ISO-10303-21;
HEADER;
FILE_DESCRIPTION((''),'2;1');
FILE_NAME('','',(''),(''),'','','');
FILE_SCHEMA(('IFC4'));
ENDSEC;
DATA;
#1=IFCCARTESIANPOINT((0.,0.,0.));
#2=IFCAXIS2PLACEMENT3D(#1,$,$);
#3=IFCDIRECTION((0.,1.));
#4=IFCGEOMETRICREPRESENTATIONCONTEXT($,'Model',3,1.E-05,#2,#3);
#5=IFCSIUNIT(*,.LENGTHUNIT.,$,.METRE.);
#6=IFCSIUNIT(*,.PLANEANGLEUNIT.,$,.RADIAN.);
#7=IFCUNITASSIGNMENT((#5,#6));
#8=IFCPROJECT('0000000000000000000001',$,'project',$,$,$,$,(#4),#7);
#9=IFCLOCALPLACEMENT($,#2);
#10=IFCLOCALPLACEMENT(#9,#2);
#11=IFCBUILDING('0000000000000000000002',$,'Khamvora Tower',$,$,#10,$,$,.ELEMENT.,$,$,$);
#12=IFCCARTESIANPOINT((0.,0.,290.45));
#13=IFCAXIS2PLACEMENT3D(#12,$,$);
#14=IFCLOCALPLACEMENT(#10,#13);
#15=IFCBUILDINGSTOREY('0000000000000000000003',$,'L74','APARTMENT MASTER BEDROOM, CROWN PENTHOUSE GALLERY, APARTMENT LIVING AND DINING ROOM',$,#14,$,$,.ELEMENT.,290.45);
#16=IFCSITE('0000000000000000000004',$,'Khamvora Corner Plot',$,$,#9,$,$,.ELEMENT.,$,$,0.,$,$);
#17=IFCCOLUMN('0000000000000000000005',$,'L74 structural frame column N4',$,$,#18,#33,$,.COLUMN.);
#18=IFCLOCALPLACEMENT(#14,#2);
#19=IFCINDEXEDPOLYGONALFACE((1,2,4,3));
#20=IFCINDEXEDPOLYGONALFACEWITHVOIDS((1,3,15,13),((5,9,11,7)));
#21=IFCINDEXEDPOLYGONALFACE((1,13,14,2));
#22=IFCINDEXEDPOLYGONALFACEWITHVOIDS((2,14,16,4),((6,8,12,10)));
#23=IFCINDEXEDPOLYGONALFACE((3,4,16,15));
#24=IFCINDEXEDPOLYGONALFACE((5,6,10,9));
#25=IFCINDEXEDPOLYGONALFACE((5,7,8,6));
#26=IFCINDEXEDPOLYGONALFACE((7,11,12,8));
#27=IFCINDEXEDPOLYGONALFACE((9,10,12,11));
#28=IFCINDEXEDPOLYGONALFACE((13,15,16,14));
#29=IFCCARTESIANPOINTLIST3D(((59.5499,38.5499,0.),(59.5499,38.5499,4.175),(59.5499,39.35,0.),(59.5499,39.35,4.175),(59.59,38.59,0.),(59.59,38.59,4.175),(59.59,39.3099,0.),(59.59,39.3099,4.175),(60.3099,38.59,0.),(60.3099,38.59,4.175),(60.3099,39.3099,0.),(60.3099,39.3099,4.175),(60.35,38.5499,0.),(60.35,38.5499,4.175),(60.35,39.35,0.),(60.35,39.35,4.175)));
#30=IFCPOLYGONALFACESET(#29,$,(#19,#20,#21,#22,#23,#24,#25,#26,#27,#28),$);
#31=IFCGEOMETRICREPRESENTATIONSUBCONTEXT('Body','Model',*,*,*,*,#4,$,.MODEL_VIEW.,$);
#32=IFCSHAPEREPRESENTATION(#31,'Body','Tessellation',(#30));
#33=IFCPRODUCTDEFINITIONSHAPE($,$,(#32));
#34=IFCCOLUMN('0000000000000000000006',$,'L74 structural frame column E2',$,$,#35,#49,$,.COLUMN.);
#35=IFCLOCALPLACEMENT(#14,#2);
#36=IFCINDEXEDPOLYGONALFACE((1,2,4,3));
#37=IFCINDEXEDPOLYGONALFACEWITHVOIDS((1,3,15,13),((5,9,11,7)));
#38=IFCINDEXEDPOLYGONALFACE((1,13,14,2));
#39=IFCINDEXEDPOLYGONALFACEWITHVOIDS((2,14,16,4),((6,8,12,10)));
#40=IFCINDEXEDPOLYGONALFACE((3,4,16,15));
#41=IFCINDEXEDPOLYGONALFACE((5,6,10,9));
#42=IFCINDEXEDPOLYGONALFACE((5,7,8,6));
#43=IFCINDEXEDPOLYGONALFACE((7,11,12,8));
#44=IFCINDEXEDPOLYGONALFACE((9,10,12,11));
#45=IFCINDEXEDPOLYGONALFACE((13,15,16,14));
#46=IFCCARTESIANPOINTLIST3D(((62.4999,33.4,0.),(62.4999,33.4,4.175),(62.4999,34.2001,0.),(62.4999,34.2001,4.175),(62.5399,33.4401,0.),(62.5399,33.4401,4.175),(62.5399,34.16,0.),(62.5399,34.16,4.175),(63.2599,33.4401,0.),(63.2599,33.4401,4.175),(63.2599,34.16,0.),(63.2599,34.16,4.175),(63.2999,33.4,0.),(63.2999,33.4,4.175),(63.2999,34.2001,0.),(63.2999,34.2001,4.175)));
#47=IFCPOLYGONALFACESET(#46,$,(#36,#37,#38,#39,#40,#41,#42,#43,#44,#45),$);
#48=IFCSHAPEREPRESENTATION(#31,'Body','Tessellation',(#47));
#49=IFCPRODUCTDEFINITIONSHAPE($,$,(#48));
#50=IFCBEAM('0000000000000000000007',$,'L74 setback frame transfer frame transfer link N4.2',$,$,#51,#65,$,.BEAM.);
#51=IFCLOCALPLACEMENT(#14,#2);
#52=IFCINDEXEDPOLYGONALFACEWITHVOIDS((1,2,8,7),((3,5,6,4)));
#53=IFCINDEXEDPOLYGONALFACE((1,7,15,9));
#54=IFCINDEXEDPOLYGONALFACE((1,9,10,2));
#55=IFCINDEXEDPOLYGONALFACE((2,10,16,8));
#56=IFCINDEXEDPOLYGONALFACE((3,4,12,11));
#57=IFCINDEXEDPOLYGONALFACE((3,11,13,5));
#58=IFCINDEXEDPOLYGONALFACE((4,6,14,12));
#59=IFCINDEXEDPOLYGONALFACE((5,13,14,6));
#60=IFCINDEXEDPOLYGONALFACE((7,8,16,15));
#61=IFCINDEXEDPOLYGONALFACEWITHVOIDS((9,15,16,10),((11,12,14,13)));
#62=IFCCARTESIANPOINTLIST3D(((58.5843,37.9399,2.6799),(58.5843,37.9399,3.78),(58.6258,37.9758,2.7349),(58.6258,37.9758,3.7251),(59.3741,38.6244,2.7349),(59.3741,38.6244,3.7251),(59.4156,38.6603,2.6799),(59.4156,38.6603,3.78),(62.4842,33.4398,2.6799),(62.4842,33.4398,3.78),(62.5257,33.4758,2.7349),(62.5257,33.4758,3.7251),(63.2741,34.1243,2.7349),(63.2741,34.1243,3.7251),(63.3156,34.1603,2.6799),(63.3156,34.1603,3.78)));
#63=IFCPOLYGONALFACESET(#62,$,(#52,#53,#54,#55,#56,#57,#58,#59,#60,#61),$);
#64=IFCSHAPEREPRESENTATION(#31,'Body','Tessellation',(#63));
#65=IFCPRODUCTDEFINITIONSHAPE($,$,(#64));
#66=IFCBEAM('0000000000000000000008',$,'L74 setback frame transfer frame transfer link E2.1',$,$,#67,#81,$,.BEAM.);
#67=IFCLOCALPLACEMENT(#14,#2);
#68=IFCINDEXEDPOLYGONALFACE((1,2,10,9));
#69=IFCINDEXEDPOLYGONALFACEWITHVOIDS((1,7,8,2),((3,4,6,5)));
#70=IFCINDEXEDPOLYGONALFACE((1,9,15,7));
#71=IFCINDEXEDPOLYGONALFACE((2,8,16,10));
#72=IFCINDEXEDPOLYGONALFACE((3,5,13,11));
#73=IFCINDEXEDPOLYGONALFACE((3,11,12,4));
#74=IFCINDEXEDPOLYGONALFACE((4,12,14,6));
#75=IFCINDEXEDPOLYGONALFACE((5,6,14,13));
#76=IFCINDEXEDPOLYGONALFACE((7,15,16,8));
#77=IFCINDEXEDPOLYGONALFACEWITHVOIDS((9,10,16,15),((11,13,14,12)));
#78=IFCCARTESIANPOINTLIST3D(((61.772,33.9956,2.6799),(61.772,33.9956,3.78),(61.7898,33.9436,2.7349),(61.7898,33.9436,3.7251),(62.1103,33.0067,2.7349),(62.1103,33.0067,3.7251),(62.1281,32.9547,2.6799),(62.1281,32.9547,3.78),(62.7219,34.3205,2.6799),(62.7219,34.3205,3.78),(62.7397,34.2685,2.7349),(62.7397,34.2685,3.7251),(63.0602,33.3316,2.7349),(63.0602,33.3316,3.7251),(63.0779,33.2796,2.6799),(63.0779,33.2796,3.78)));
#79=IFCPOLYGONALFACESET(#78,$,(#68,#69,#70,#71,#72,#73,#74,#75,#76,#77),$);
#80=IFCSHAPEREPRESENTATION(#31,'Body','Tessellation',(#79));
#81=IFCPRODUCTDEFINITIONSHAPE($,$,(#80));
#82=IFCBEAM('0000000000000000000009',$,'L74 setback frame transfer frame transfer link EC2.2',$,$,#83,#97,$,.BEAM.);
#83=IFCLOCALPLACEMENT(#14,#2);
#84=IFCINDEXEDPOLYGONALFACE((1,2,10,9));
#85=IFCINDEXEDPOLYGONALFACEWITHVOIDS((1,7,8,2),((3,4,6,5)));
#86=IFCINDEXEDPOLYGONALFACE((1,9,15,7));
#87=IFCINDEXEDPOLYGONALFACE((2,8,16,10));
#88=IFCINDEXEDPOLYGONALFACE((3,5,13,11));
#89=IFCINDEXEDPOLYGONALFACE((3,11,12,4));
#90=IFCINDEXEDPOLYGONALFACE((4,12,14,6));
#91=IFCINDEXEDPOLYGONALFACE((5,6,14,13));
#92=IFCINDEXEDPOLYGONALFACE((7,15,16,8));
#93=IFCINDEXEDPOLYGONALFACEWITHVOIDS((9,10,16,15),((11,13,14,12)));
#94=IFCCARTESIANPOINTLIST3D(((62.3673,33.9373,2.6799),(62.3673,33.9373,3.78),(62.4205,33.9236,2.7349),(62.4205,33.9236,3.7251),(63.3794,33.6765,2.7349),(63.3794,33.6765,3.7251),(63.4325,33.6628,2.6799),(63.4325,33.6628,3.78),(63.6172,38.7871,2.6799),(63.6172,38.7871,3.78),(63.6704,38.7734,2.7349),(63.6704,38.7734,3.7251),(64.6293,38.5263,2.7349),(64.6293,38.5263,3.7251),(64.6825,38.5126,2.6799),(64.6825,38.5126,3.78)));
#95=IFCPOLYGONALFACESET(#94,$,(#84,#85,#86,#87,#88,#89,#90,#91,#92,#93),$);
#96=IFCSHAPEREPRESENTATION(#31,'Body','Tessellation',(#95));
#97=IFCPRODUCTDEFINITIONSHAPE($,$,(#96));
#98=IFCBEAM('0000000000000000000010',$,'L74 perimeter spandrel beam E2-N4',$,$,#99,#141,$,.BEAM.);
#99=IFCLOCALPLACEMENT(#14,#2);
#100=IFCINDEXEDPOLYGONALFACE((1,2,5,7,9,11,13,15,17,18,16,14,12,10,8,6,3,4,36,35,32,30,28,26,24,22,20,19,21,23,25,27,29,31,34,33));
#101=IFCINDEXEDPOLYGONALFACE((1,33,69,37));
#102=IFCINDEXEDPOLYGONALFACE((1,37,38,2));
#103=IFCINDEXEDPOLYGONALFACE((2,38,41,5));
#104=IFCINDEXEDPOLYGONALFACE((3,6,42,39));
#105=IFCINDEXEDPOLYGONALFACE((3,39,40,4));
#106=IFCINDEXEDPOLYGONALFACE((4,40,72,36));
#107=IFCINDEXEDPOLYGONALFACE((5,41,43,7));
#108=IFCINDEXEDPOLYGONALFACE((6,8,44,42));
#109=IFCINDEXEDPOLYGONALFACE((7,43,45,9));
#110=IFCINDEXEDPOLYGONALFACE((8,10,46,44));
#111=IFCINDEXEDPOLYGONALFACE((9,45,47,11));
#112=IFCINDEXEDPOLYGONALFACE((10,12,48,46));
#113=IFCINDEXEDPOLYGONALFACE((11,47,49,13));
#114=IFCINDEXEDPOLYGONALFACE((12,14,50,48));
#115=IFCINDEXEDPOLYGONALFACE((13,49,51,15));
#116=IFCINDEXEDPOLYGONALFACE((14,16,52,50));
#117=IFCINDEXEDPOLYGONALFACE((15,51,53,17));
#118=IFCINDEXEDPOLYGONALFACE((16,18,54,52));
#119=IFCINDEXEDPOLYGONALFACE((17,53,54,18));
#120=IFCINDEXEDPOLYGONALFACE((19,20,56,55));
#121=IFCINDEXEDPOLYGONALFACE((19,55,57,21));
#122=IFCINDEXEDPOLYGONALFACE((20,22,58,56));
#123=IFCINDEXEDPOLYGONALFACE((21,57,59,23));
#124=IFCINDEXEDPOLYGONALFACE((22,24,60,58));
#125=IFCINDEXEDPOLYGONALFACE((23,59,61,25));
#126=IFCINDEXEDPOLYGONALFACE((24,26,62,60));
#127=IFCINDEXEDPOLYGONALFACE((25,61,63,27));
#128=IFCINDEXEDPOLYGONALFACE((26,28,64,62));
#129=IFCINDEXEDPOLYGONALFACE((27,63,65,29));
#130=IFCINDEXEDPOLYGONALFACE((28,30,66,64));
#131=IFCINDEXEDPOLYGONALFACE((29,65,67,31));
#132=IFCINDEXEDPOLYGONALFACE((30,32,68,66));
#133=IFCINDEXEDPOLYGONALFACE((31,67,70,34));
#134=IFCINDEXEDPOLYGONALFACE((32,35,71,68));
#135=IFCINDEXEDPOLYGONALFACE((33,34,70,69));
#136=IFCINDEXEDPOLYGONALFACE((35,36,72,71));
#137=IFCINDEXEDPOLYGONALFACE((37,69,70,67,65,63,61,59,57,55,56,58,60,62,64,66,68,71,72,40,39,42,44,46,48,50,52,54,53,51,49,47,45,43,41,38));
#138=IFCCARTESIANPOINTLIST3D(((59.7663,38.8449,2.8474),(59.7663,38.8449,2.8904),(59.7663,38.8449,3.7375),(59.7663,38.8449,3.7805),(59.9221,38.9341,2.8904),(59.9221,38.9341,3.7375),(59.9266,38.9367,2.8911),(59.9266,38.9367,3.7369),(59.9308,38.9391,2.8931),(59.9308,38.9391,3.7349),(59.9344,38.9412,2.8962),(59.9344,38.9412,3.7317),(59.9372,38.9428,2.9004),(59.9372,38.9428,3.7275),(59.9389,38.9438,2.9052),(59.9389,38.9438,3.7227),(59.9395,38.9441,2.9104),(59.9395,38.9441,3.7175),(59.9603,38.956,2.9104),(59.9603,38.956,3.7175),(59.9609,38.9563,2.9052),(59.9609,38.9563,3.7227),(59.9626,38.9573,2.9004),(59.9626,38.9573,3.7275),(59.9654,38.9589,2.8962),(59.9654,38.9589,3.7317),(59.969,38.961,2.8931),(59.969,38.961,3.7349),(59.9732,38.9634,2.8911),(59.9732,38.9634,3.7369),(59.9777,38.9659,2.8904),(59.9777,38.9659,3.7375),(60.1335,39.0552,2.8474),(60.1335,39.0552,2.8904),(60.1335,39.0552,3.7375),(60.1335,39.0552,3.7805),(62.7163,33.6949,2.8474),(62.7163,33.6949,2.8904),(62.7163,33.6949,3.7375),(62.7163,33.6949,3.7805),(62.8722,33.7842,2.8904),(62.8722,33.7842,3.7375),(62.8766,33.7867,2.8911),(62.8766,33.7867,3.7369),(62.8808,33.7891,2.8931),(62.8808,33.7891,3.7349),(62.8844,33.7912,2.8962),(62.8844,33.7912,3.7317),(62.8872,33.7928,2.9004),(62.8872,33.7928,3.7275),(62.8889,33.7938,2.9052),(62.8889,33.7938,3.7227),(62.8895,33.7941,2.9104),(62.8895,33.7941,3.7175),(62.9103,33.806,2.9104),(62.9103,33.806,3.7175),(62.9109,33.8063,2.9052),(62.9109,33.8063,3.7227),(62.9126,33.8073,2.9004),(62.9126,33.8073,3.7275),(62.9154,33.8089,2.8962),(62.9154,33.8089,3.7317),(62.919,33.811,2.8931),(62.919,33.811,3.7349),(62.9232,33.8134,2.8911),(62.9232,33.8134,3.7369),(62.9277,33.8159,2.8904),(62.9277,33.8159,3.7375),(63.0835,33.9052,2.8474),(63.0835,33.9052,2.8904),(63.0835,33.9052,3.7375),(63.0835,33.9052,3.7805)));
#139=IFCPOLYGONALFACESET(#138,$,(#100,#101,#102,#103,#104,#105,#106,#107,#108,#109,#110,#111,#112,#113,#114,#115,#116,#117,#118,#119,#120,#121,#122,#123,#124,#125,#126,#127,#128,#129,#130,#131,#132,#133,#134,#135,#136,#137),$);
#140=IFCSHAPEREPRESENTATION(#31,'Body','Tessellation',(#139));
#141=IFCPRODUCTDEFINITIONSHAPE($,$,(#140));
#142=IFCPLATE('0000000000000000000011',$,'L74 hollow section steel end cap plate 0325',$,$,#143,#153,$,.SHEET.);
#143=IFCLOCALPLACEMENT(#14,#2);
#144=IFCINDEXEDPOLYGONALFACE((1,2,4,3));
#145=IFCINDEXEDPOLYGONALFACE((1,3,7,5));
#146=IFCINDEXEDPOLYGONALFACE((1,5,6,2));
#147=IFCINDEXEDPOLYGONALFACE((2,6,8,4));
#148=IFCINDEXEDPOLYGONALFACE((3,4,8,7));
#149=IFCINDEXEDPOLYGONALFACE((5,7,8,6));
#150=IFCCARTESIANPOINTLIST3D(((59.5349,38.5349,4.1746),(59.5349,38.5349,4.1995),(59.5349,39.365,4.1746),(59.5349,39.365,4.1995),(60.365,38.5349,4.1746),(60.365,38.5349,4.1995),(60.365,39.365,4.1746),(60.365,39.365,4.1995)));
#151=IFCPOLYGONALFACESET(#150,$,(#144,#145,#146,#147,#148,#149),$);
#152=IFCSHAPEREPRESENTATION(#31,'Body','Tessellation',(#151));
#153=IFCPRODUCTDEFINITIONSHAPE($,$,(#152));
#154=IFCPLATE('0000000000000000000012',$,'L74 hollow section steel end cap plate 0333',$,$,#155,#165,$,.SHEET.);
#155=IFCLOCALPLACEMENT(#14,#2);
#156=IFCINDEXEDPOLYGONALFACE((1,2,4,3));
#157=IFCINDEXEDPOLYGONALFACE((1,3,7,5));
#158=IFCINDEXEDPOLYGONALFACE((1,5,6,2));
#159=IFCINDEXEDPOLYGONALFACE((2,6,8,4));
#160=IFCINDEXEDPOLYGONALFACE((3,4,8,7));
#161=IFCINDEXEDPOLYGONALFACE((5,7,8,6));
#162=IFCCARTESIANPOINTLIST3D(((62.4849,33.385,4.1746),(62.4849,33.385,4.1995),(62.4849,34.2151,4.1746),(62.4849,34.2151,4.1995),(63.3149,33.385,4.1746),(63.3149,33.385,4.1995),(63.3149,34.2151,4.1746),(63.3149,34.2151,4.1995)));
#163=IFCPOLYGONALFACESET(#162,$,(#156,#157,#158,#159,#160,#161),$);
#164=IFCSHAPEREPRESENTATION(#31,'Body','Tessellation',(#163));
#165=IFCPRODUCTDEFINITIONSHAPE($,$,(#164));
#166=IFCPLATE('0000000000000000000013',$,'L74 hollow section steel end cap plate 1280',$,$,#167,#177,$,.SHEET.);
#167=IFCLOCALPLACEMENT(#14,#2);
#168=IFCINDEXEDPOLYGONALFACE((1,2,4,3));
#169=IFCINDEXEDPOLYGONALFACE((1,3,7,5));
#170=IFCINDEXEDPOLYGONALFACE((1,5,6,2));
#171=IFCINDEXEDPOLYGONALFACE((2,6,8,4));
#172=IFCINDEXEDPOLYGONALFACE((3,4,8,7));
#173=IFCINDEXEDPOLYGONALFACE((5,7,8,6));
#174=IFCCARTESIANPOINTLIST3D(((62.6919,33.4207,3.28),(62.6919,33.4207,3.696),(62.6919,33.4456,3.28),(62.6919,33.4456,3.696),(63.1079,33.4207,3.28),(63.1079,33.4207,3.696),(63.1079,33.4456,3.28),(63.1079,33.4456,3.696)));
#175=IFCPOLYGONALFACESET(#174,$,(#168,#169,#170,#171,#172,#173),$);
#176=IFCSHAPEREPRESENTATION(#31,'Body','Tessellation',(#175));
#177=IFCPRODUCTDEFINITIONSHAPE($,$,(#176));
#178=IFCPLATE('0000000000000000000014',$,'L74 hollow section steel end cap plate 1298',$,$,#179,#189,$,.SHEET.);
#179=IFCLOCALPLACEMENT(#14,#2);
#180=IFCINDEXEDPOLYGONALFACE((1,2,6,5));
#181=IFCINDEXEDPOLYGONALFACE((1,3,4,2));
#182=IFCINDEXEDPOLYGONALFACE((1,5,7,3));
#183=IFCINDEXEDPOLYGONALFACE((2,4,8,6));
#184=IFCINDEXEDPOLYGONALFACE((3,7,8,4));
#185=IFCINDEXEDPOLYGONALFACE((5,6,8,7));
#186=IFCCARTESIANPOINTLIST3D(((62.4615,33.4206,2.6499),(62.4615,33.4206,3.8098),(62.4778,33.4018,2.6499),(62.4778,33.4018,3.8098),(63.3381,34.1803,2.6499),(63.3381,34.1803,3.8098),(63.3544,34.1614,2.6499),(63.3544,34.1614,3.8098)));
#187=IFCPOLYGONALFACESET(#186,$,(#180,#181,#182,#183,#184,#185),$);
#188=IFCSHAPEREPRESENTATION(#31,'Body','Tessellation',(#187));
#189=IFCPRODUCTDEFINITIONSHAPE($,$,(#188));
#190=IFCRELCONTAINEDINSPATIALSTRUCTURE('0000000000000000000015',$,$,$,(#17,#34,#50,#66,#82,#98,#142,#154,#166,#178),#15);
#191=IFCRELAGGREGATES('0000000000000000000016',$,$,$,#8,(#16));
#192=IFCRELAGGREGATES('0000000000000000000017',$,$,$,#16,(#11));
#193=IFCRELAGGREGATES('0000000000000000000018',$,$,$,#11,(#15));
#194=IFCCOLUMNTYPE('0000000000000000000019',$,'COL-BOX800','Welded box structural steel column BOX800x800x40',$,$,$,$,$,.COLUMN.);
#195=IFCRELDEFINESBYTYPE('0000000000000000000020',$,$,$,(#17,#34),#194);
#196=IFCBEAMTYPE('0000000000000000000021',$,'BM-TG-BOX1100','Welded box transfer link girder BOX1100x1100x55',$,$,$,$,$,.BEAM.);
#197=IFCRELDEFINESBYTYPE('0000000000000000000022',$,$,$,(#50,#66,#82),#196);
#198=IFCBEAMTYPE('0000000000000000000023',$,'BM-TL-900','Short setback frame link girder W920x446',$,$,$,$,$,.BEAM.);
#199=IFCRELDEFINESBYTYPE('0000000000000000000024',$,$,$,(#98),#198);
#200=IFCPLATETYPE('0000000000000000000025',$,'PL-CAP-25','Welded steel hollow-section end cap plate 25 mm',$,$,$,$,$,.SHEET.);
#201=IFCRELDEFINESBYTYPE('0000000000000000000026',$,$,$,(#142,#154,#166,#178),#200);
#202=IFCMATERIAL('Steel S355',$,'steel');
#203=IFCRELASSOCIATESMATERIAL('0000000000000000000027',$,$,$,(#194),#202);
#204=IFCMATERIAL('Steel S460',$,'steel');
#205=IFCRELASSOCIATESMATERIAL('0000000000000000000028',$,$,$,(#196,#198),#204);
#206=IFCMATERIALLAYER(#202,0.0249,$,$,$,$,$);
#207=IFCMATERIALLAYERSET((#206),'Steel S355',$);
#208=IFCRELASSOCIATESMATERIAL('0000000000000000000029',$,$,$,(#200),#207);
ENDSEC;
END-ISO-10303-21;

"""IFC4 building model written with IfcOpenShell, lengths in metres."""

from ifc_helpers import new_model, si_unit, direction, frame, origin, origin_2d, place, context, subcontext, project, spatial, rectangle, hollow_rectangle, i_section, extrude, material, layer, layer_set, material_profile, profile_set, type_object, element, save


model = new_model("IFC4")

# Units and contexts
model_context = context("Model", 3, precision=1e-05, world=origin(), true_north=direction((0.0, 1.0)))
body_context = subcontext(model_context, "Body", "Model", "MODEL_VIEW")
ifc_project = project(units=[si_unit("LENGTHUNIT", "METRE"), si_unit("PLANEANGLEUNIT", "RADIAN")], contexts=[model_context])

# Site, building, storey
site_placement = place(None, origin())
site = spatial("IfcSite", under=ifc_project, at=site_placement, Name="Khamvora Corner Plot", CompositionType="ELEMENT", RefElevation=0.0)
building_placement = place(site_placement, origin())
building = spatial("IfcBuilding", under=site, at=building_placement, Name="Khamvora Tower", CompositionType="ELEMENT")
storey_placement = place(building_placement, frame((0.0, 0.0, 290.45)))
storey = spatial("IfcBuildingStorey", under=building, at=storey_placement, Name="L74", Description="APARTMENT MASTER BEDROOM, CROWN PENTHOUSE GALLERY, APARTMENT LIVING AND DINING ROOM", CompositionType="ELEMENT", Elevation=290.45)

# Columns
ifc_material_1 = material(Name="Steel S355", Category="steel")
ifc_material_profile_1 = material_profile(ifc_material_1, hollow_rectangle(XDim=0.8, YDim=0.8, WallThickness=0.04, at=origin_2d()), Name="BOX800x800x40")
ifc_profile_set_1 = profile_set([ifc_material_profile_1], Name="Steel S355")
column_type = type_object("IfcColumnType", Name="COL-BOX800", Description="Welded box structural steel column BOX800x800x40", PredefinedType="COLUMN", material=ifc_profile_set_1)
for number, where, z_axis, x_axis, name in (
    (1, (59.95, 38.95, 0.0), (0.0, 0.0, 1.0), (1.0, 0.0, 0.0), "L74 structural frame column N4"),
    (2, (62.8999, 33.8, 0.0), (0.0, 0.0, 1.0), (1.0, 0.0, 0.0), "L74 structural frame column E2"),
):
    element("IfcColumn", number, at=place(storey_placement, frame(where, z_axis=z_axis, x_axis=x_axis)), inside=storey, type_object=column_type, Name=name, PredefinedType="COLUMN", context=body_context, shape_type="SweptSolid", body=[
        extrude(hollow_rectangle(XDim=0.8, YDim=0.8, WallThickness=0.04, at=origin_2d()), origin(), (0.0, 0.0, 1.0), 4.175),
    ])

# Beams
ifc_material_2 = material(Name="Steel S460", Category="steel")
ifc_material_profile_2 = material_profile(ifc_material_2, hollow_rectangle(XDim=1.1001, YDim=1.1001, WallThickness=0.0549, at=origin_2d()), Name="BOX1100x1100x55")
ifc_profile_set_2 = profile_set([ifc_material_profile_2], Name="Steel S460")
beam_type_1 = type_object("IfcBeamType", Name="BM-TG-BOX1100", Description="Welded box transfer link girder BOX1100x1100x55", PredefinedType="BEAM", material=ifc_profile_set_2)
beam_1_placement = place(storey_placement, frame((62.8999, 33.8, 3.23), z_axis=(-0.654921, 0.755697, 0.0), x_axis=(-0.755697, -0.654921, 0.0)))
element("IfcBeam", 3, at=beam_1_placement, inside=storey, type_object=beam_type_1, Name="L74 setback frame transfer frame transfer link N4.2", PredefinedType="BEAM", context=body_context, shape_type="SweptSolid", body=[
    extrude(hollow_rectangle(XDim=1.1001, YDim=1.1001, WallThickness=0.0549, at=origin_2d()), origin(), (0.0, 0.0, 1.0), 5.9548),
])
beam_2_placement = place(storey_placement, frame((62.8999, 33.8, 3.23), z_axis=(-0.946174, -0.323659, 0.0), x_axis=(0.323659, -0.946174, 0.0)))
element("IfcBeam", 4, at=beam_2_placement, inside=storey, type_object=beam_type_1, Name="L74 setback frame transfer frame transfer link E2.1", PredefinedType="BEAM", context=body_context, shape_type="SweptSolid", body=[
    extrude(hollow_rectangle(XDim=1.1001, YDim=1.1001, WallThickness=0.0549, at=origin_2d()), origin(), (0.0, 0.0, 1.0), 1.0039),
])
beam_3_placement = place(storey_placement, frame((62.8999, 33.8, 3.23), z_axis=(0.249583, 0.968353, 0.0), x_axis=(-0.968353, 0.249583, 0.0)))
element("IfcBeam", 5, at=beam_3_placement, inside=storey, type_object=beam_type_1, Name="L74 setback frame transfer frame transfer link EC2.2", PredefinedType="BEAM", context=body_context, shape_type="SweptSolid", body=[
    extrude(hollow_rectangle(XDim=1.1001, YDim=1.1001, WallThickness=0.0549, at=origin_2d()), origin(), (0.0, 0.0, 1.0), 5.0083),
])
ifc_material_profile_3 = material_profile(ifc_material_2, i_section(OverallWidth=0.4231, OverallDepth=0.9331, WebThickness=0.0239, FlangeThickness=0.043, FilletRadius=0.02, at=origin_2d()), Name="W920x446")
ifc_profile_set_3 = profile_set([ifc_material_profile_3], Name="Steel S460")
beam_type_2 = type_object("IfcBeamType", Name="BM-TL-900", Description="Short setback frame link girder W920x446", PredefinedType="BEAM", material=ifc_profile_set_3)
beam_4_placement = place(storey_placement, frame((62.8999, 33.8, 3.314), z_axis=(-0.497047, 0.867724, 0.0), x_axis=(-0.867724, -0.497047, 0.0)))
element("IfcBeam", 6, at=beam_4_placement, inside=storey, type_object=beam_type_2, Name="L74 perimeter spandrel beam E2-N4", PredefinedType="BEAM", context=body_context, shape_type="SweptSolid", body=[
    extrude(i_section(OverallWidth=0.4231, OverallDepth=0.9331, WebThickness=0.0239, FlangeThickness=0.043, FilletRadius=0.02, at=origin_2d()), origin(), (0.0, 0.0, 1.0), 5.9351),
])

# Plates
ifc_layer_1 = layer(ifc_material_1, 0.0249)
ifc_layer_set_1 = layer_set([ifc_layer_1], Name="Steel S355")
plate_type_1 = type_object("IfcPlateType", Name="PL-CAP-25", Description="Welded steel hollow-section end cap plate 25 mm", PredefinedType="SHEET", material=ifc_layer_set_1)
for number, where, z_axis, x_axis, name in (
    (7, (59.95, 38.95, 4.1746), (0.0, 0.0, 1.0), (1.0, 0.0, 0.0), "L74 hollow section steel end cap plate 0325"),
    (8, (62.8999, 33.8, 4.1746), (0.0, 0.0, 1.0), (1.0, 0.0, 0.0), "L74 hollow section steel end cap plate 0333"),
):
    element("IfcPlate", number, at=place(storey_placement, frame(where, z_axis=z_axis, x_axis=x_axis)), inside=storey, type_object=plate_type_1, Name=name, PredefinedType="SHEET", context=body_context, shape_type="SweptSolid", body=[
        extrude(rectangle(XDim=0.8301, YDim=0.8301, at=origin_2d()), origin(), (0.0, 0.0, 1.0), 0.0249),
    ])
plate_1_placement = place(storey_placement, frame((62.8999, 33.4331, 3.28), z_axis=(0.0, 0.0, 1.0), x_axis=(0.0, 1.0, 0.0)))
element("IfcPlate", 9, at=plate_1_placement, inside=storey, type_object=plate_type_1, Name="L74 hollow section steel end cap plate 1280", PredefinedType="SHEET", context=body_context, shape_type="SweptSolid", body=[
    extrude(rectangle(XDim=0.0249, YDim=0.416, at=origin_2d()), origin(), (0.0, 0.0, 1.0), 0.416),
])
for number, where, z_axis, x_axis, name in (
    (10, (62.908, 33.791, 2.6499), (0.0, 0.0, 1.0), (-0.654925, 0.755693, 0.0), "L74 hollow section steel end cap plate 1298"),
):
    element("IfcPlate", number, at=place(storey_placement, frame(where, z_axis=z_axis, x_axis=x_axis)), inside=storey, type_object=plate_type_1, Name=name, PredefinedType="SHEET", context=body_context, shape_type="SweptSolid", body=[
        extrude(rectangle(XDim=0.0249, YDim=1.1599, at=origin_2d()), origin(), (0.0, 0.0, 1.0), 1.1599),
    ])

save(model, "model.ifc")
